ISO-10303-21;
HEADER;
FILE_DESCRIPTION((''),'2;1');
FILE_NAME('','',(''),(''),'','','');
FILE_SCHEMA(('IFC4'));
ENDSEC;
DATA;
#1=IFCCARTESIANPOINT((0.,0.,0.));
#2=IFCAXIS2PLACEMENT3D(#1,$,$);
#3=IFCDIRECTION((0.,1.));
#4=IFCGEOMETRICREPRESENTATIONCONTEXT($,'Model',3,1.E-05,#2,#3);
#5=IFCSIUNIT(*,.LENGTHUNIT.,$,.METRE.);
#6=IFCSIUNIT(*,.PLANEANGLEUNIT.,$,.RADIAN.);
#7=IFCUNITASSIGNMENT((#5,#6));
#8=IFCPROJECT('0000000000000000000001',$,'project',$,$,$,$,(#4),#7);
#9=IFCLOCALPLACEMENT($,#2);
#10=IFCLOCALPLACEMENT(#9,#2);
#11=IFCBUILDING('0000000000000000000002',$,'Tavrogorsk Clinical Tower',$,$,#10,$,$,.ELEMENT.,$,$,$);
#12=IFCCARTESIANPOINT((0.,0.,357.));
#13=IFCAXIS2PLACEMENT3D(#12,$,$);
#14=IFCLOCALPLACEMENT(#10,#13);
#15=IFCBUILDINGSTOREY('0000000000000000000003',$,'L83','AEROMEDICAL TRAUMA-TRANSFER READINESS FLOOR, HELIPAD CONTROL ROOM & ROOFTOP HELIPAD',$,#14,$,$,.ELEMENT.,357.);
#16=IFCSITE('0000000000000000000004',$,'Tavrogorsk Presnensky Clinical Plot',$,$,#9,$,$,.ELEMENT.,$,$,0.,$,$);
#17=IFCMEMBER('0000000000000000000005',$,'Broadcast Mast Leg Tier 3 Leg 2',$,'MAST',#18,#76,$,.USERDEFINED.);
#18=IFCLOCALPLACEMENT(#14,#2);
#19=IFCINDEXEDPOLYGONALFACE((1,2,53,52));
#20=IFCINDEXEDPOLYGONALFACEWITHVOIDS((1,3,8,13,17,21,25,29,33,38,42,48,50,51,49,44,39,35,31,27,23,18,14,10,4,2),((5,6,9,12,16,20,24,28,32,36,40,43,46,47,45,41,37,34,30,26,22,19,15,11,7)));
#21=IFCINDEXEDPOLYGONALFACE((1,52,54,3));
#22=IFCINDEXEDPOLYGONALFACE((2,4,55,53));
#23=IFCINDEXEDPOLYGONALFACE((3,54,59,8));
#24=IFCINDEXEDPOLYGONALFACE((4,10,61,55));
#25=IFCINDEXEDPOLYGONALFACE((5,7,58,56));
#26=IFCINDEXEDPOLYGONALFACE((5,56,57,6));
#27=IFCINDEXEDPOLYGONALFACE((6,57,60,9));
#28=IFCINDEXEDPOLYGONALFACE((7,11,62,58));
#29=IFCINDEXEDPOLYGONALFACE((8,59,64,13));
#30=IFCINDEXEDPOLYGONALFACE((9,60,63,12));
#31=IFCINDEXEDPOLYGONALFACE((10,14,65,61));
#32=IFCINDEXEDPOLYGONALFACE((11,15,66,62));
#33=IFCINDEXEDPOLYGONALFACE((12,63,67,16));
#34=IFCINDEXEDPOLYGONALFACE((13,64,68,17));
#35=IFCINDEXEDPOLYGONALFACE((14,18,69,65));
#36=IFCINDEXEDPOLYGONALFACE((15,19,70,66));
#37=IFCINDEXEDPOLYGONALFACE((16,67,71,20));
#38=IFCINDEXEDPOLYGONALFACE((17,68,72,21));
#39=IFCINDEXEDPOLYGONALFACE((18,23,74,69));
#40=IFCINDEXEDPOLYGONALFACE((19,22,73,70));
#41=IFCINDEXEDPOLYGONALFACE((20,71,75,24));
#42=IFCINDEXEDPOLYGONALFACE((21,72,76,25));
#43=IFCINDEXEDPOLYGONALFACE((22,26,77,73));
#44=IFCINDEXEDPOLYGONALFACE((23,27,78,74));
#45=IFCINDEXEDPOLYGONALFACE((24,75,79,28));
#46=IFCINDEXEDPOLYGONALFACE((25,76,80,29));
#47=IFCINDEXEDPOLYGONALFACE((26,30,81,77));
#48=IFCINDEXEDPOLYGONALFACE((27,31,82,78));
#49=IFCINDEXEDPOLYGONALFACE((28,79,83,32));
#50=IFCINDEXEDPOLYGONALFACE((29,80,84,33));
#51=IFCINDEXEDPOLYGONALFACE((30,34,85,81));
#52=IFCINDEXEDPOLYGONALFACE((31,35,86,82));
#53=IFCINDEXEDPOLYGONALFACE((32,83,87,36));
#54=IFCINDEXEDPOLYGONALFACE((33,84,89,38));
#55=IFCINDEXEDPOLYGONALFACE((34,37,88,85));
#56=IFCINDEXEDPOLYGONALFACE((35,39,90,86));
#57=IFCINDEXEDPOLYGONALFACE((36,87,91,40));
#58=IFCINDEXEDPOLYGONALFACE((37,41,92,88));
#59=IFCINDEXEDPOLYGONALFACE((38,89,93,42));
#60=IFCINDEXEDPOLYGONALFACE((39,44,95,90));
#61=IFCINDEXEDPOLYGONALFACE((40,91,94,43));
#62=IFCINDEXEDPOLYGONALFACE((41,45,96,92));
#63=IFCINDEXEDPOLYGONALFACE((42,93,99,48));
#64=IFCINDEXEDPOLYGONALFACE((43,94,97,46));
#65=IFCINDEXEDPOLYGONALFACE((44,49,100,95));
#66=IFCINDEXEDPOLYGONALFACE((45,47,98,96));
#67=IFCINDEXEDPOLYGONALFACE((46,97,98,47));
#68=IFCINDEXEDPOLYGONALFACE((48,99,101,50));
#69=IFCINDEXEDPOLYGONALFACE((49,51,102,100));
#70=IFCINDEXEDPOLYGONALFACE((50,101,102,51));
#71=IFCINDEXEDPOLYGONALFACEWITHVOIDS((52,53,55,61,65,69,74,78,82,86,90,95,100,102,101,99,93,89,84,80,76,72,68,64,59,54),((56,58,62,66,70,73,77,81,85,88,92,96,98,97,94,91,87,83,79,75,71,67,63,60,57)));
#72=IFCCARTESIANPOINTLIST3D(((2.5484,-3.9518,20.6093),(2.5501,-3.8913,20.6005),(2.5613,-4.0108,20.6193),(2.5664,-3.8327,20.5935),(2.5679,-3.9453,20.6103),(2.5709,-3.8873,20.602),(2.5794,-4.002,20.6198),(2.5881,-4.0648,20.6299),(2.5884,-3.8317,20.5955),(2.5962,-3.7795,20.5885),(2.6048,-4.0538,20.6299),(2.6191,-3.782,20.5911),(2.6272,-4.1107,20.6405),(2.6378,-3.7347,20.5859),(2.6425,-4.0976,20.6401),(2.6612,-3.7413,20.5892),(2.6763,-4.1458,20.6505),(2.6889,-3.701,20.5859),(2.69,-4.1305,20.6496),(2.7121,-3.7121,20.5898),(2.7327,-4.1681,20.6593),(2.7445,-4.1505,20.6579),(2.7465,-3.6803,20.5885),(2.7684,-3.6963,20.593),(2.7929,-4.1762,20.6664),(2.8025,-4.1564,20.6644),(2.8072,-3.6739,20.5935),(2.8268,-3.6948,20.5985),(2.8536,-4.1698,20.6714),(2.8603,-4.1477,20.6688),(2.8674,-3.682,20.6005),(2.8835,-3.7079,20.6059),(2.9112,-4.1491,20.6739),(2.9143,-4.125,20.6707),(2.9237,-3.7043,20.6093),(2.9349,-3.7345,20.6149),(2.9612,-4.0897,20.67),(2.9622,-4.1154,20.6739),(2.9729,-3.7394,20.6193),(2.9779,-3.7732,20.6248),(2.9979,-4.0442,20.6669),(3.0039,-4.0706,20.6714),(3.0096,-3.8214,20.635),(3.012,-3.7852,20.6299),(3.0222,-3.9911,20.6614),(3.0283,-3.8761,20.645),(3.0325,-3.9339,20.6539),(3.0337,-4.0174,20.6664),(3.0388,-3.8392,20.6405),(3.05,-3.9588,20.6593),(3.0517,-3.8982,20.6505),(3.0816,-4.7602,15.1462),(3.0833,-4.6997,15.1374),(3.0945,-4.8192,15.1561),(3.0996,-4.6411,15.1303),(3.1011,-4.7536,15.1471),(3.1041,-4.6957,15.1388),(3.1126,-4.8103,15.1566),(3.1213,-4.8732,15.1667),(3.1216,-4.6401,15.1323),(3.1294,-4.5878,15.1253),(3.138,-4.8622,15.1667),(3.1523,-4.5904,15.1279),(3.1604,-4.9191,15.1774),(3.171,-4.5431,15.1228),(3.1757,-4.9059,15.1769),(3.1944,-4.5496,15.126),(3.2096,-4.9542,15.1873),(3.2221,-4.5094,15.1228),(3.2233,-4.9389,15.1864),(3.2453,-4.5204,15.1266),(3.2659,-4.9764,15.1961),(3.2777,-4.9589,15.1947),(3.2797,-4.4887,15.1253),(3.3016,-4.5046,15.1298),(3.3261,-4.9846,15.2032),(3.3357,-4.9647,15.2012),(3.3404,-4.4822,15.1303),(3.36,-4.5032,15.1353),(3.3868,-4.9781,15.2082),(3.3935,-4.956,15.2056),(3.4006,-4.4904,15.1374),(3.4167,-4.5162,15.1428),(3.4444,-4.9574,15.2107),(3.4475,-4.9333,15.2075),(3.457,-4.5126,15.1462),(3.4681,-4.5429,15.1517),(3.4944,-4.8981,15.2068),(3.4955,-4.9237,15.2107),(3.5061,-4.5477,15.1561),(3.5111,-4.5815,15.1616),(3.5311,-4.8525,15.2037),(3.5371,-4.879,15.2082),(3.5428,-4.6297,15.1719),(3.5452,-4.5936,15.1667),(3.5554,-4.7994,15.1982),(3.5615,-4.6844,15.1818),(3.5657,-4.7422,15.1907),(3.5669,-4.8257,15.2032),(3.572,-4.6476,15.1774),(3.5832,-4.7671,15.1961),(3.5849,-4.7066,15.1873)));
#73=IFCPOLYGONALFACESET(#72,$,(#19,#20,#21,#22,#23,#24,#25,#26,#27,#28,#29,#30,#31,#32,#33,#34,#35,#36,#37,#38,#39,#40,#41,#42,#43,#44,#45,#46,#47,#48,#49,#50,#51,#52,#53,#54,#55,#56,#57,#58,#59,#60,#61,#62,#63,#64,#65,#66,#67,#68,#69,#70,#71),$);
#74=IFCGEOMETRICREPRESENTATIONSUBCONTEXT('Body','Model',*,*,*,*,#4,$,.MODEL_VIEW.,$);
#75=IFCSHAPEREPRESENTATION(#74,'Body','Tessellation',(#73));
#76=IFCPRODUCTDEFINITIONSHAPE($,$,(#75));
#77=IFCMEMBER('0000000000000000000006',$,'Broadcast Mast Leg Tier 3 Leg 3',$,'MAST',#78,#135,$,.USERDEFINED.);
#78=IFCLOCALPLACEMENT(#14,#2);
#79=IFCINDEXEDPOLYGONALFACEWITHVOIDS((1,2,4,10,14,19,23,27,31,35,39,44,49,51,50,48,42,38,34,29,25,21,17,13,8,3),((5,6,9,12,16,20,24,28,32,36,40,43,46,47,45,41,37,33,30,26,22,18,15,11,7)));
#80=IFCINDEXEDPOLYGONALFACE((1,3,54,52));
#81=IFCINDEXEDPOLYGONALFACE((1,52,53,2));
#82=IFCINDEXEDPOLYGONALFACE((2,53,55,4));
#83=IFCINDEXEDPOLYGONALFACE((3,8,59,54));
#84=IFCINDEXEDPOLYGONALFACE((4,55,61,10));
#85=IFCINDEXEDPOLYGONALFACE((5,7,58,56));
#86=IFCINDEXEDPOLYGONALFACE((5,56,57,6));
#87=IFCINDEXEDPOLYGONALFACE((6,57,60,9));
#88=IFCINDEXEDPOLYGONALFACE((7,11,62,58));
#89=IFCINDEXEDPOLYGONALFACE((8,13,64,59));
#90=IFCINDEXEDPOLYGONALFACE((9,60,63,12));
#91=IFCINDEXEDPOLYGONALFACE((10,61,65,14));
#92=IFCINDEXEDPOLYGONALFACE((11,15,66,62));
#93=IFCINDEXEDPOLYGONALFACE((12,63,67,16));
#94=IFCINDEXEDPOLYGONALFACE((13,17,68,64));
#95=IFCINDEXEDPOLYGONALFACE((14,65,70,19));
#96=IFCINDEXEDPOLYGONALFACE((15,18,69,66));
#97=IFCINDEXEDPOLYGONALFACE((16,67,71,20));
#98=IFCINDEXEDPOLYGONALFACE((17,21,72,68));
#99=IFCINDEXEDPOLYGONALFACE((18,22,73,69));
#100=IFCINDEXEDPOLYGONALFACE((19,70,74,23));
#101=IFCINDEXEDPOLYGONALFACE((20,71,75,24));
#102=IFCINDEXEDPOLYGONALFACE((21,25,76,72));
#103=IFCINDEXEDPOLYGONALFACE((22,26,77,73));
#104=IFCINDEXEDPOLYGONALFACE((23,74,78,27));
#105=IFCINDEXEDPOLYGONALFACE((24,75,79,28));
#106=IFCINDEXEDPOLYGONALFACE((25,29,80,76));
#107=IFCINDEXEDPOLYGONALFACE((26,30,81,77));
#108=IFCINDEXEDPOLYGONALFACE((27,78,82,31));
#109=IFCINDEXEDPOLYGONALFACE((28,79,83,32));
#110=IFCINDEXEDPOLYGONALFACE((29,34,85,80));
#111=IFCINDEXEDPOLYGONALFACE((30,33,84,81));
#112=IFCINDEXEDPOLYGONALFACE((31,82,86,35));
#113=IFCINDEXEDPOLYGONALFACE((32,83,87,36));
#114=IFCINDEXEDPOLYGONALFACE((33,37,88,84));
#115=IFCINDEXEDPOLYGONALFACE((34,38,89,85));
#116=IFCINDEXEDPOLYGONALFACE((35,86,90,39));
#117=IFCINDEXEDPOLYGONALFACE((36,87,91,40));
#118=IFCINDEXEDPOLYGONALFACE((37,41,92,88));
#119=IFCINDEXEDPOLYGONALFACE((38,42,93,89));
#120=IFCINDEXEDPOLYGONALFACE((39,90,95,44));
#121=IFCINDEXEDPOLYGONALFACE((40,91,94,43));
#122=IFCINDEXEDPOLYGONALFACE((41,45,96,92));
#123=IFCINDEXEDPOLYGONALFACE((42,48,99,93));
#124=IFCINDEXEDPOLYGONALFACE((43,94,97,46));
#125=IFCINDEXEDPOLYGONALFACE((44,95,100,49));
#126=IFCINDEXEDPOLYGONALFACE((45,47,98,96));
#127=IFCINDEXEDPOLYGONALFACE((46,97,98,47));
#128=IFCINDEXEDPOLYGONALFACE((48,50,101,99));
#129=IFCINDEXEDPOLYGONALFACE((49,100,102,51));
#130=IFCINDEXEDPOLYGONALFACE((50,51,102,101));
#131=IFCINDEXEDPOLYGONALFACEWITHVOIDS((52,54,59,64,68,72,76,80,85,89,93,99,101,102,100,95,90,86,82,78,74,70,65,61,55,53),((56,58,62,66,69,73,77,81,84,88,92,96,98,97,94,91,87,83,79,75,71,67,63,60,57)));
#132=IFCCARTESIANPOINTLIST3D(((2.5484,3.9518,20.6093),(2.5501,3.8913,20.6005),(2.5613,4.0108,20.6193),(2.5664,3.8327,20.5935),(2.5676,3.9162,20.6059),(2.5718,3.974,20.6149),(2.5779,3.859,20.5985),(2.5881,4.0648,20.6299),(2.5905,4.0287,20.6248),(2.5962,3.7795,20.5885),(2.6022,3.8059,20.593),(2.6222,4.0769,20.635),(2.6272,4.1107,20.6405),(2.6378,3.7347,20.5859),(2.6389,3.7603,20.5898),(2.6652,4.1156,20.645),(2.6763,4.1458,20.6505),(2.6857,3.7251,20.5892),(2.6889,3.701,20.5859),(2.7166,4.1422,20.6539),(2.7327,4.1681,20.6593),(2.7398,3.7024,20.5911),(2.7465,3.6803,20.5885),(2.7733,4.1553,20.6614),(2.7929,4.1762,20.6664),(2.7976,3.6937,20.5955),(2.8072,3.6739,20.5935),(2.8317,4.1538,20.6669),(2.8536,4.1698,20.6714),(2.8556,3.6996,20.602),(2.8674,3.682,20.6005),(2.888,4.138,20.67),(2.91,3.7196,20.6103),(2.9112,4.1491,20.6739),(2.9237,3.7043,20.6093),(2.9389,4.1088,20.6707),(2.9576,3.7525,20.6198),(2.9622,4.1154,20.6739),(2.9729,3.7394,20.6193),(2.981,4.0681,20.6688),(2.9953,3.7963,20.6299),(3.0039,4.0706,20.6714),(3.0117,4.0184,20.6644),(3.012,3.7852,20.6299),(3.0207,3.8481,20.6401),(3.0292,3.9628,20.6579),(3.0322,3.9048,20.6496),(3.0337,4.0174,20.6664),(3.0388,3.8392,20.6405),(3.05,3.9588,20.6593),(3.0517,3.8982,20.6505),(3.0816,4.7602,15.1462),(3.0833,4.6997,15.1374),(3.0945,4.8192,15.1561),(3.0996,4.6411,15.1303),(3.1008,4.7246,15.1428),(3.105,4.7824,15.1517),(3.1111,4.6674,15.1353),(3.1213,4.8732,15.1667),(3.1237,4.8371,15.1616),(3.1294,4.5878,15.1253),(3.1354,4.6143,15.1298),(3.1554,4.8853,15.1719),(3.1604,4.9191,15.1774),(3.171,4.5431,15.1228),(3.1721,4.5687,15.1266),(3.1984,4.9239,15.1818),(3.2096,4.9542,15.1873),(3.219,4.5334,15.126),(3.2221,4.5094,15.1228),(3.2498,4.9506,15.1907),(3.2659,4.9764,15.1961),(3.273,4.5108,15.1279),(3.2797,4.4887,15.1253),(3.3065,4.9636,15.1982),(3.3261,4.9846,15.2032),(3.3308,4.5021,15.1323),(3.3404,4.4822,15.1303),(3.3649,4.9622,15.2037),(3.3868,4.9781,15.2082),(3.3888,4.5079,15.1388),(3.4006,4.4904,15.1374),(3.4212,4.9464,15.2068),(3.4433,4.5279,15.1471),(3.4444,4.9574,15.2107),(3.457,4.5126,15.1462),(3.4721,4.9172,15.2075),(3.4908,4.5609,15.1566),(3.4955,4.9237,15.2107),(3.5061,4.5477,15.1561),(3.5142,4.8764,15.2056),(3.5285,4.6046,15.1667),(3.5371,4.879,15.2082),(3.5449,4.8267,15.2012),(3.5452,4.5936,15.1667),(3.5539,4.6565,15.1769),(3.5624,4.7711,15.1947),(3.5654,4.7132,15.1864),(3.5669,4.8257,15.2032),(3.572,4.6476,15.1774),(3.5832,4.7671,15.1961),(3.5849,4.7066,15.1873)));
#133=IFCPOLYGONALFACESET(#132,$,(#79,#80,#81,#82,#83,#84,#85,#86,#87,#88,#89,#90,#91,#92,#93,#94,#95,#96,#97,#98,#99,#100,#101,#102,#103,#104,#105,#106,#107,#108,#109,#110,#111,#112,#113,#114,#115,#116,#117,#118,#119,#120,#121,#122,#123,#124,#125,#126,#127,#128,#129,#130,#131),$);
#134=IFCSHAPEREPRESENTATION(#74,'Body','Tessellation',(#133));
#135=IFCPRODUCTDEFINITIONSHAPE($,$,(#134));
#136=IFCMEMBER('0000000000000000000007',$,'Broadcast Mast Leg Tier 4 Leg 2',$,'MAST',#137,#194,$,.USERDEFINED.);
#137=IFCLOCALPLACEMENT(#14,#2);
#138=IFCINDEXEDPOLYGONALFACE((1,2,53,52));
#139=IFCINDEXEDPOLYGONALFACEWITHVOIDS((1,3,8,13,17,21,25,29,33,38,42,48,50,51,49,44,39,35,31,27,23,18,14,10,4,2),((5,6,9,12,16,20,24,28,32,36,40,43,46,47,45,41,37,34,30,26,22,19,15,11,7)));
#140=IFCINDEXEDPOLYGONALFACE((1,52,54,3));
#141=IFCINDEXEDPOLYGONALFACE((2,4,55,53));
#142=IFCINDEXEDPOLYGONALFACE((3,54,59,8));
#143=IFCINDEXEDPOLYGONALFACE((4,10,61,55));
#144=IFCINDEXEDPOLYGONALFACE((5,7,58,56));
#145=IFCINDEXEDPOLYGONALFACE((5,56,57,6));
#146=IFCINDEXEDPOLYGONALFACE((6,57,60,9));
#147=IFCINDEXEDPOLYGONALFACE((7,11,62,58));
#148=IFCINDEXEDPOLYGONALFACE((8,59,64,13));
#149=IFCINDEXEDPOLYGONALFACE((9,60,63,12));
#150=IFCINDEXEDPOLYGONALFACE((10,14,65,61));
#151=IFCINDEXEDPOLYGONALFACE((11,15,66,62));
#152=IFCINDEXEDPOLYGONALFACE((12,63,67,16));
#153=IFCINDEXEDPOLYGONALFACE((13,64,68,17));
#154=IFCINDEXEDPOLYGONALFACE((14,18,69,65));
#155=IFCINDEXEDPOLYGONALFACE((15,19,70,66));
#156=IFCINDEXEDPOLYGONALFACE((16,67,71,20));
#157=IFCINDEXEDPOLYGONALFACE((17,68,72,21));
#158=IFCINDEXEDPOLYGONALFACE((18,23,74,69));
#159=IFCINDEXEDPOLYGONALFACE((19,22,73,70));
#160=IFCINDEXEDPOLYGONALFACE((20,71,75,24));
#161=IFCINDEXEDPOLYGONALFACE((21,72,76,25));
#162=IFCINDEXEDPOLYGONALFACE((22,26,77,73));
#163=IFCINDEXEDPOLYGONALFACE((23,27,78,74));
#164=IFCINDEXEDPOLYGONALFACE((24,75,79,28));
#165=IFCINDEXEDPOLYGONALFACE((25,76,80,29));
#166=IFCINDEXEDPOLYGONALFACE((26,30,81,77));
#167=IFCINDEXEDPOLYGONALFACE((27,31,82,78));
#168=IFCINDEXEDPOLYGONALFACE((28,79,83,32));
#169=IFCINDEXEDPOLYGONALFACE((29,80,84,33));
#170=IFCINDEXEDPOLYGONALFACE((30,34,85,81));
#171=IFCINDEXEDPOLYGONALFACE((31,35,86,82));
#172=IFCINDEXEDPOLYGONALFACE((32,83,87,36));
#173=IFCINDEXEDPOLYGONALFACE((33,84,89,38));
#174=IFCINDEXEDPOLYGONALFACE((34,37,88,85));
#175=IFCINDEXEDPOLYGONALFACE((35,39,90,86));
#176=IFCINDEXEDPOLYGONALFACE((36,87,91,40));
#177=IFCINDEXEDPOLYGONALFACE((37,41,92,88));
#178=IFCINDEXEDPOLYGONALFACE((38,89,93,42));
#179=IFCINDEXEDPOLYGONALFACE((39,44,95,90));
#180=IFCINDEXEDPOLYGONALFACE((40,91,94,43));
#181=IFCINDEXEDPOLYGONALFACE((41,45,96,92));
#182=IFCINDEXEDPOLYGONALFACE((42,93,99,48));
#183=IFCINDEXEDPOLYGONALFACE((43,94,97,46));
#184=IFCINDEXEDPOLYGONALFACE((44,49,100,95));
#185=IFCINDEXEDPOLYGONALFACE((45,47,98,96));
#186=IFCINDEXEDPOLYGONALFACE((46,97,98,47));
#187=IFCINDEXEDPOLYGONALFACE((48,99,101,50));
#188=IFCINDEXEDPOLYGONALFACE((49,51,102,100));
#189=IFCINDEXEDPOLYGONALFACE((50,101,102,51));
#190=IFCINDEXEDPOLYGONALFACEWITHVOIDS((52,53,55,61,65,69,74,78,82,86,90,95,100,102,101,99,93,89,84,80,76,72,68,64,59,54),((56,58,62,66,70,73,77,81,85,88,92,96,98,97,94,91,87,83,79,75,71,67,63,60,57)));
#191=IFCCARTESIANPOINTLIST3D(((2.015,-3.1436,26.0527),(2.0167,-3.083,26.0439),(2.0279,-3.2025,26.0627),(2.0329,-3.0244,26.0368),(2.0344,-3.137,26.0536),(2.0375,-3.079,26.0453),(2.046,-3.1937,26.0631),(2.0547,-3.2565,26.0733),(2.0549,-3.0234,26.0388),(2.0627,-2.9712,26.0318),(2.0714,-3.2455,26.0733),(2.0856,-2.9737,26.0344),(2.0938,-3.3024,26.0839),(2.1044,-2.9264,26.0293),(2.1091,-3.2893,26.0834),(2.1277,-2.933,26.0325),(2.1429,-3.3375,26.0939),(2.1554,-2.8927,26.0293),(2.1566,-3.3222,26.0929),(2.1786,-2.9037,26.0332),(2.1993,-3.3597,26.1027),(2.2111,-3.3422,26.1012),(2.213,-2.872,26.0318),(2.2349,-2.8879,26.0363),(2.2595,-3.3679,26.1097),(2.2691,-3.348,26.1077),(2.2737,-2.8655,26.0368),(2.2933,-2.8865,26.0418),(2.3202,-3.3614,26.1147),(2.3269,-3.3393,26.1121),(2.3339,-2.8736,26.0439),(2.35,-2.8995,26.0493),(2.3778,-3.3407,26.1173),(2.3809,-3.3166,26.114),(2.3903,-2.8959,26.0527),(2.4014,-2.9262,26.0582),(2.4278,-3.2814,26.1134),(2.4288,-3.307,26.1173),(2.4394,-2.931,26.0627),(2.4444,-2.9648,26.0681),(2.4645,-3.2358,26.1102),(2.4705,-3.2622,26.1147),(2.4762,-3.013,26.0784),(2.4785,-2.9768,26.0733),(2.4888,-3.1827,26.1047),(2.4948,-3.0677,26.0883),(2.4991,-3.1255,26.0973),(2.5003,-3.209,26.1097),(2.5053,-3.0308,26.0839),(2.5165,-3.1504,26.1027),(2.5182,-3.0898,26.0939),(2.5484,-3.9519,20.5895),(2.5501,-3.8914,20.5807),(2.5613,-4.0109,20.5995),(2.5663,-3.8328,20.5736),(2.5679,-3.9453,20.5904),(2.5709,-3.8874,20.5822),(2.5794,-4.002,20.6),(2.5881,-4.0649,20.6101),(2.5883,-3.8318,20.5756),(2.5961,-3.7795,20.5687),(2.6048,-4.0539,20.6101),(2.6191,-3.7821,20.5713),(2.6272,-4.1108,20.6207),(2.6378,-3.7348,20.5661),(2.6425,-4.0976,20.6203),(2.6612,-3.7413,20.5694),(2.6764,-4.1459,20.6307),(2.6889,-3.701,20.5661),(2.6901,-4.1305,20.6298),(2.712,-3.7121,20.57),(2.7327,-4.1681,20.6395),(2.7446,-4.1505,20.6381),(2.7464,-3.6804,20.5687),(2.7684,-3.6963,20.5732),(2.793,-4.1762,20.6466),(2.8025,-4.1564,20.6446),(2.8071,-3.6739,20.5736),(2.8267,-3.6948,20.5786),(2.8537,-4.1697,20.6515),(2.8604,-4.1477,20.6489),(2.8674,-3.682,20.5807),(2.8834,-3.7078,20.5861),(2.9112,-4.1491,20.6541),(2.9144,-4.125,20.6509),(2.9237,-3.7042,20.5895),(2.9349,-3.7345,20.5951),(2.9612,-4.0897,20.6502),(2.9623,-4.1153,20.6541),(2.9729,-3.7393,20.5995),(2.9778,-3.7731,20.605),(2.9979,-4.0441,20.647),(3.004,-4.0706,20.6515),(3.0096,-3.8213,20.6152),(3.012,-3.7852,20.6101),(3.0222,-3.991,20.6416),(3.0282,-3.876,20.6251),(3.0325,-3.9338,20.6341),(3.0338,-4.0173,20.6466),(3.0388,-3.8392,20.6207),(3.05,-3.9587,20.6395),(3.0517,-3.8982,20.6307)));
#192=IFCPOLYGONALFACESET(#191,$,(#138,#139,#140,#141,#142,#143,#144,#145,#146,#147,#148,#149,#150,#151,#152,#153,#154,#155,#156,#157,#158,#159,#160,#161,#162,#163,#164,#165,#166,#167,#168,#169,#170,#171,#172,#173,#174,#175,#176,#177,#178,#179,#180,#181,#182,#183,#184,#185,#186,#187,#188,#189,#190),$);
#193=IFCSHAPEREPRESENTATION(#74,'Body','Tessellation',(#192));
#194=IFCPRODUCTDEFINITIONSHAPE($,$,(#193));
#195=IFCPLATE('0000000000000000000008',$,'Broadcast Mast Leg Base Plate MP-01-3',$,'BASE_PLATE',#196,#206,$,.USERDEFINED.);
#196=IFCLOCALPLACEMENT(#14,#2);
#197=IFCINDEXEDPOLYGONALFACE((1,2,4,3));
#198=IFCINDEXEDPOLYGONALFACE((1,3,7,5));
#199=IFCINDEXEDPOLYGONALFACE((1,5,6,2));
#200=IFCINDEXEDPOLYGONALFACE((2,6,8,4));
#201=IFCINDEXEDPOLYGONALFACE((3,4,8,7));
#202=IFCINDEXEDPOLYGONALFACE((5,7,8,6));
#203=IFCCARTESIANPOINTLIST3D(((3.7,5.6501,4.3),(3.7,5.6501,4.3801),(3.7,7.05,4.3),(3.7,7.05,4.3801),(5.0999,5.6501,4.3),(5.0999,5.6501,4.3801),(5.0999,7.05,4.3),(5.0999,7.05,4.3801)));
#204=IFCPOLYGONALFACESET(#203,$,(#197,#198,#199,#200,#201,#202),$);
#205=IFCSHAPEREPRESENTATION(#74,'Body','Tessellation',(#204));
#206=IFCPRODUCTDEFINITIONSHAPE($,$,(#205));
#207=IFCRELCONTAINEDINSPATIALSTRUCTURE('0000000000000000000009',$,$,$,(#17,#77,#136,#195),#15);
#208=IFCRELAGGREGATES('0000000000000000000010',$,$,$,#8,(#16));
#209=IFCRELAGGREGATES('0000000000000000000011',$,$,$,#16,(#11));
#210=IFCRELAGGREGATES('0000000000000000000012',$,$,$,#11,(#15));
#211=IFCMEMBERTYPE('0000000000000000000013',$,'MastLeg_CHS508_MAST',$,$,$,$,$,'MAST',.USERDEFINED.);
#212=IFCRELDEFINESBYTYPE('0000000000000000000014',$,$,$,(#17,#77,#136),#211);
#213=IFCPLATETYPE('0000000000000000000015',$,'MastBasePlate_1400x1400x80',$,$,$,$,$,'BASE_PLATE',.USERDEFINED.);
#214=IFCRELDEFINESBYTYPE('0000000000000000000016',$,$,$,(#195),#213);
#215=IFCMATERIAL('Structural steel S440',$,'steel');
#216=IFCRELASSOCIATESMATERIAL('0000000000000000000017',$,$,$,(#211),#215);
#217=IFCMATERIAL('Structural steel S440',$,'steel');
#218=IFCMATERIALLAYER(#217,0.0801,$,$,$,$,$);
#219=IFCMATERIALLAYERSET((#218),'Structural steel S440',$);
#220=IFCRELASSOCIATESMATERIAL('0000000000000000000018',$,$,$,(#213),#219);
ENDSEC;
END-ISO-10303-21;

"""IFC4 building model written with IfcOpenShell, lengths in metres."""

from ifc_helpers import new_model, si_unit, direction, frame, origin, origin_2d, place, context, subcontext, project, spatial, rectangle, hollow_circle, extrude, material, layer, layer_set, material_profile, profile_set, type_object, element, save


model = new_model("IFC4")

# Units and contexts
model_context = context("Model", 3, precision=1e-05, world=origin(), true_north=direction((0.0, 1.0)))
body_context = subcontext(model_context, "Body", "Model", "MODEL_VIEW")
ifc_project = project(units=[si_unit("LENGTHUNIT", "METRE"), si_unit("PLANEANGLEUNIT", "RADIAN")], contexts=[model_context])

# Site, building, storey
site_placement = place(None, origin())
site = spatial("IfcSite", under=ifc_project, at=site_placement, Name="Tavrogorsk Presnensky Clinical Plot", CompositionType="ELEMENT", RefElevation=0.0)
building_placement = place(site_placement, origin())
building = spatial("IfcBuilding", under=site, at=building_placement, Name="Tavrogorsk Clinical Tower", CompositionType="ELEMENT")
storey_placement = place(building_placement, frame((0.0, 0.0, 357.0)))
storey = spatial("IfcBuildingStorey", under=building, at=storey_placement, Name="L83", Description="AEROMEDICAL TRAUMA-TRANSFER READINESS FLOOR, HELIPAD CONTROL ROOM & ROOFTOP HELIPAD", CompositionType="ELEMENT", Elevation=357.0)

# Members
ifc_material_1 = material(Name="Structural steel S440", Category="steel")
ifc_material_profile_1 = material_profile(ifc_material_1, hollow_circle(Radius=0.2539, WallThickness=0.02, at=origin_2d()), Name="CHS-508x20")
ifc_profile_set_1 = profile_set([ifc_material_profile_1], Name="Structural steel S440")
member_type_1 = type_object("IfcMemberType", Name="MastLeg_CHS508_MAST", ElementType="MAST", PredefinedType="USERDEFINED", material=ifc_profile_set_1)
for number, where, z_axis, x_axis, name in (
    (1, (3.3333, -4.7334, 15.1667), (-0.096102, 0.145693, 0.984651), (-0.834755, -0.550621, 0.0), "Broadcast Mast Leg Tier 3 Leg 2"),
    (2, (3.3333, 4.7334, 15.1667), (-0.096102, -0.145693, 0.984651), (0.834755, -0.550621, 0.0), "Broadcast Mast Leg Tier 3 Leg 3"),
    (3, (2.8, -3.925, 20.6101), (-0.096146, 0.145693, 0.984647), (-0.83464, -0.550797, 0.0), "Broadcast Mast Leg Tier 4 Leg 2"),
):
    element("IfcMember", number, at=place(storey_placement, frame(where, z_axis=z_axis, x_axis=x_axis)), inside=storey, type_object=member_type_1, Name=name, ObjectType="MAST", PredefinedType="USERDEFINED", context=body_context, shape_type="SweptSolid", body=[
        extrude(hollow_circle(Radius=0.2539, WallThickness=0.02, at=origin_2d()), origin(), (0.0, 0.0, 1.0), 5.5483),
    ])

# Plate
ifc_material_2 = material(Name="Structural steel S440", Category="steel")
ifc_layer = layer(ifc_material_2, 0.0801)
ifc_layer_set = layer_set([ifc_layer], Name="Structural steel S440")
plate_type = type_object("IfcPlateType", Name="MastBasePlate_1400x1400x80", ElementType="BASE_PLATE", PredefinedType="USERDEFINED", material=ifc_layer_set)
plate_placement = place(storey_placement, frame((4.3999, 6.3501, 4.3), z_axis=(0.0, 0.0, 1.0), x_axis=(1.0, 0.0, 0.0)))
element("IfcPlate", 4, at=plate_placement, inside=storey, type_object=plate_type, Name="Broadcast Mast Leg Base Plate MP-01-3", ObjectType="BASE_PLATE", PredefinedType="USERDEFINED", context=body_context, shape_type="SweptSolid", body=[
    extrude(rectangle(XDim=1.3999, YDim=1.3999, at=origin_2d()), origin(), (0.0, 0.0, 1.0), 0.0801),
])

save(model, "model.ifc")
